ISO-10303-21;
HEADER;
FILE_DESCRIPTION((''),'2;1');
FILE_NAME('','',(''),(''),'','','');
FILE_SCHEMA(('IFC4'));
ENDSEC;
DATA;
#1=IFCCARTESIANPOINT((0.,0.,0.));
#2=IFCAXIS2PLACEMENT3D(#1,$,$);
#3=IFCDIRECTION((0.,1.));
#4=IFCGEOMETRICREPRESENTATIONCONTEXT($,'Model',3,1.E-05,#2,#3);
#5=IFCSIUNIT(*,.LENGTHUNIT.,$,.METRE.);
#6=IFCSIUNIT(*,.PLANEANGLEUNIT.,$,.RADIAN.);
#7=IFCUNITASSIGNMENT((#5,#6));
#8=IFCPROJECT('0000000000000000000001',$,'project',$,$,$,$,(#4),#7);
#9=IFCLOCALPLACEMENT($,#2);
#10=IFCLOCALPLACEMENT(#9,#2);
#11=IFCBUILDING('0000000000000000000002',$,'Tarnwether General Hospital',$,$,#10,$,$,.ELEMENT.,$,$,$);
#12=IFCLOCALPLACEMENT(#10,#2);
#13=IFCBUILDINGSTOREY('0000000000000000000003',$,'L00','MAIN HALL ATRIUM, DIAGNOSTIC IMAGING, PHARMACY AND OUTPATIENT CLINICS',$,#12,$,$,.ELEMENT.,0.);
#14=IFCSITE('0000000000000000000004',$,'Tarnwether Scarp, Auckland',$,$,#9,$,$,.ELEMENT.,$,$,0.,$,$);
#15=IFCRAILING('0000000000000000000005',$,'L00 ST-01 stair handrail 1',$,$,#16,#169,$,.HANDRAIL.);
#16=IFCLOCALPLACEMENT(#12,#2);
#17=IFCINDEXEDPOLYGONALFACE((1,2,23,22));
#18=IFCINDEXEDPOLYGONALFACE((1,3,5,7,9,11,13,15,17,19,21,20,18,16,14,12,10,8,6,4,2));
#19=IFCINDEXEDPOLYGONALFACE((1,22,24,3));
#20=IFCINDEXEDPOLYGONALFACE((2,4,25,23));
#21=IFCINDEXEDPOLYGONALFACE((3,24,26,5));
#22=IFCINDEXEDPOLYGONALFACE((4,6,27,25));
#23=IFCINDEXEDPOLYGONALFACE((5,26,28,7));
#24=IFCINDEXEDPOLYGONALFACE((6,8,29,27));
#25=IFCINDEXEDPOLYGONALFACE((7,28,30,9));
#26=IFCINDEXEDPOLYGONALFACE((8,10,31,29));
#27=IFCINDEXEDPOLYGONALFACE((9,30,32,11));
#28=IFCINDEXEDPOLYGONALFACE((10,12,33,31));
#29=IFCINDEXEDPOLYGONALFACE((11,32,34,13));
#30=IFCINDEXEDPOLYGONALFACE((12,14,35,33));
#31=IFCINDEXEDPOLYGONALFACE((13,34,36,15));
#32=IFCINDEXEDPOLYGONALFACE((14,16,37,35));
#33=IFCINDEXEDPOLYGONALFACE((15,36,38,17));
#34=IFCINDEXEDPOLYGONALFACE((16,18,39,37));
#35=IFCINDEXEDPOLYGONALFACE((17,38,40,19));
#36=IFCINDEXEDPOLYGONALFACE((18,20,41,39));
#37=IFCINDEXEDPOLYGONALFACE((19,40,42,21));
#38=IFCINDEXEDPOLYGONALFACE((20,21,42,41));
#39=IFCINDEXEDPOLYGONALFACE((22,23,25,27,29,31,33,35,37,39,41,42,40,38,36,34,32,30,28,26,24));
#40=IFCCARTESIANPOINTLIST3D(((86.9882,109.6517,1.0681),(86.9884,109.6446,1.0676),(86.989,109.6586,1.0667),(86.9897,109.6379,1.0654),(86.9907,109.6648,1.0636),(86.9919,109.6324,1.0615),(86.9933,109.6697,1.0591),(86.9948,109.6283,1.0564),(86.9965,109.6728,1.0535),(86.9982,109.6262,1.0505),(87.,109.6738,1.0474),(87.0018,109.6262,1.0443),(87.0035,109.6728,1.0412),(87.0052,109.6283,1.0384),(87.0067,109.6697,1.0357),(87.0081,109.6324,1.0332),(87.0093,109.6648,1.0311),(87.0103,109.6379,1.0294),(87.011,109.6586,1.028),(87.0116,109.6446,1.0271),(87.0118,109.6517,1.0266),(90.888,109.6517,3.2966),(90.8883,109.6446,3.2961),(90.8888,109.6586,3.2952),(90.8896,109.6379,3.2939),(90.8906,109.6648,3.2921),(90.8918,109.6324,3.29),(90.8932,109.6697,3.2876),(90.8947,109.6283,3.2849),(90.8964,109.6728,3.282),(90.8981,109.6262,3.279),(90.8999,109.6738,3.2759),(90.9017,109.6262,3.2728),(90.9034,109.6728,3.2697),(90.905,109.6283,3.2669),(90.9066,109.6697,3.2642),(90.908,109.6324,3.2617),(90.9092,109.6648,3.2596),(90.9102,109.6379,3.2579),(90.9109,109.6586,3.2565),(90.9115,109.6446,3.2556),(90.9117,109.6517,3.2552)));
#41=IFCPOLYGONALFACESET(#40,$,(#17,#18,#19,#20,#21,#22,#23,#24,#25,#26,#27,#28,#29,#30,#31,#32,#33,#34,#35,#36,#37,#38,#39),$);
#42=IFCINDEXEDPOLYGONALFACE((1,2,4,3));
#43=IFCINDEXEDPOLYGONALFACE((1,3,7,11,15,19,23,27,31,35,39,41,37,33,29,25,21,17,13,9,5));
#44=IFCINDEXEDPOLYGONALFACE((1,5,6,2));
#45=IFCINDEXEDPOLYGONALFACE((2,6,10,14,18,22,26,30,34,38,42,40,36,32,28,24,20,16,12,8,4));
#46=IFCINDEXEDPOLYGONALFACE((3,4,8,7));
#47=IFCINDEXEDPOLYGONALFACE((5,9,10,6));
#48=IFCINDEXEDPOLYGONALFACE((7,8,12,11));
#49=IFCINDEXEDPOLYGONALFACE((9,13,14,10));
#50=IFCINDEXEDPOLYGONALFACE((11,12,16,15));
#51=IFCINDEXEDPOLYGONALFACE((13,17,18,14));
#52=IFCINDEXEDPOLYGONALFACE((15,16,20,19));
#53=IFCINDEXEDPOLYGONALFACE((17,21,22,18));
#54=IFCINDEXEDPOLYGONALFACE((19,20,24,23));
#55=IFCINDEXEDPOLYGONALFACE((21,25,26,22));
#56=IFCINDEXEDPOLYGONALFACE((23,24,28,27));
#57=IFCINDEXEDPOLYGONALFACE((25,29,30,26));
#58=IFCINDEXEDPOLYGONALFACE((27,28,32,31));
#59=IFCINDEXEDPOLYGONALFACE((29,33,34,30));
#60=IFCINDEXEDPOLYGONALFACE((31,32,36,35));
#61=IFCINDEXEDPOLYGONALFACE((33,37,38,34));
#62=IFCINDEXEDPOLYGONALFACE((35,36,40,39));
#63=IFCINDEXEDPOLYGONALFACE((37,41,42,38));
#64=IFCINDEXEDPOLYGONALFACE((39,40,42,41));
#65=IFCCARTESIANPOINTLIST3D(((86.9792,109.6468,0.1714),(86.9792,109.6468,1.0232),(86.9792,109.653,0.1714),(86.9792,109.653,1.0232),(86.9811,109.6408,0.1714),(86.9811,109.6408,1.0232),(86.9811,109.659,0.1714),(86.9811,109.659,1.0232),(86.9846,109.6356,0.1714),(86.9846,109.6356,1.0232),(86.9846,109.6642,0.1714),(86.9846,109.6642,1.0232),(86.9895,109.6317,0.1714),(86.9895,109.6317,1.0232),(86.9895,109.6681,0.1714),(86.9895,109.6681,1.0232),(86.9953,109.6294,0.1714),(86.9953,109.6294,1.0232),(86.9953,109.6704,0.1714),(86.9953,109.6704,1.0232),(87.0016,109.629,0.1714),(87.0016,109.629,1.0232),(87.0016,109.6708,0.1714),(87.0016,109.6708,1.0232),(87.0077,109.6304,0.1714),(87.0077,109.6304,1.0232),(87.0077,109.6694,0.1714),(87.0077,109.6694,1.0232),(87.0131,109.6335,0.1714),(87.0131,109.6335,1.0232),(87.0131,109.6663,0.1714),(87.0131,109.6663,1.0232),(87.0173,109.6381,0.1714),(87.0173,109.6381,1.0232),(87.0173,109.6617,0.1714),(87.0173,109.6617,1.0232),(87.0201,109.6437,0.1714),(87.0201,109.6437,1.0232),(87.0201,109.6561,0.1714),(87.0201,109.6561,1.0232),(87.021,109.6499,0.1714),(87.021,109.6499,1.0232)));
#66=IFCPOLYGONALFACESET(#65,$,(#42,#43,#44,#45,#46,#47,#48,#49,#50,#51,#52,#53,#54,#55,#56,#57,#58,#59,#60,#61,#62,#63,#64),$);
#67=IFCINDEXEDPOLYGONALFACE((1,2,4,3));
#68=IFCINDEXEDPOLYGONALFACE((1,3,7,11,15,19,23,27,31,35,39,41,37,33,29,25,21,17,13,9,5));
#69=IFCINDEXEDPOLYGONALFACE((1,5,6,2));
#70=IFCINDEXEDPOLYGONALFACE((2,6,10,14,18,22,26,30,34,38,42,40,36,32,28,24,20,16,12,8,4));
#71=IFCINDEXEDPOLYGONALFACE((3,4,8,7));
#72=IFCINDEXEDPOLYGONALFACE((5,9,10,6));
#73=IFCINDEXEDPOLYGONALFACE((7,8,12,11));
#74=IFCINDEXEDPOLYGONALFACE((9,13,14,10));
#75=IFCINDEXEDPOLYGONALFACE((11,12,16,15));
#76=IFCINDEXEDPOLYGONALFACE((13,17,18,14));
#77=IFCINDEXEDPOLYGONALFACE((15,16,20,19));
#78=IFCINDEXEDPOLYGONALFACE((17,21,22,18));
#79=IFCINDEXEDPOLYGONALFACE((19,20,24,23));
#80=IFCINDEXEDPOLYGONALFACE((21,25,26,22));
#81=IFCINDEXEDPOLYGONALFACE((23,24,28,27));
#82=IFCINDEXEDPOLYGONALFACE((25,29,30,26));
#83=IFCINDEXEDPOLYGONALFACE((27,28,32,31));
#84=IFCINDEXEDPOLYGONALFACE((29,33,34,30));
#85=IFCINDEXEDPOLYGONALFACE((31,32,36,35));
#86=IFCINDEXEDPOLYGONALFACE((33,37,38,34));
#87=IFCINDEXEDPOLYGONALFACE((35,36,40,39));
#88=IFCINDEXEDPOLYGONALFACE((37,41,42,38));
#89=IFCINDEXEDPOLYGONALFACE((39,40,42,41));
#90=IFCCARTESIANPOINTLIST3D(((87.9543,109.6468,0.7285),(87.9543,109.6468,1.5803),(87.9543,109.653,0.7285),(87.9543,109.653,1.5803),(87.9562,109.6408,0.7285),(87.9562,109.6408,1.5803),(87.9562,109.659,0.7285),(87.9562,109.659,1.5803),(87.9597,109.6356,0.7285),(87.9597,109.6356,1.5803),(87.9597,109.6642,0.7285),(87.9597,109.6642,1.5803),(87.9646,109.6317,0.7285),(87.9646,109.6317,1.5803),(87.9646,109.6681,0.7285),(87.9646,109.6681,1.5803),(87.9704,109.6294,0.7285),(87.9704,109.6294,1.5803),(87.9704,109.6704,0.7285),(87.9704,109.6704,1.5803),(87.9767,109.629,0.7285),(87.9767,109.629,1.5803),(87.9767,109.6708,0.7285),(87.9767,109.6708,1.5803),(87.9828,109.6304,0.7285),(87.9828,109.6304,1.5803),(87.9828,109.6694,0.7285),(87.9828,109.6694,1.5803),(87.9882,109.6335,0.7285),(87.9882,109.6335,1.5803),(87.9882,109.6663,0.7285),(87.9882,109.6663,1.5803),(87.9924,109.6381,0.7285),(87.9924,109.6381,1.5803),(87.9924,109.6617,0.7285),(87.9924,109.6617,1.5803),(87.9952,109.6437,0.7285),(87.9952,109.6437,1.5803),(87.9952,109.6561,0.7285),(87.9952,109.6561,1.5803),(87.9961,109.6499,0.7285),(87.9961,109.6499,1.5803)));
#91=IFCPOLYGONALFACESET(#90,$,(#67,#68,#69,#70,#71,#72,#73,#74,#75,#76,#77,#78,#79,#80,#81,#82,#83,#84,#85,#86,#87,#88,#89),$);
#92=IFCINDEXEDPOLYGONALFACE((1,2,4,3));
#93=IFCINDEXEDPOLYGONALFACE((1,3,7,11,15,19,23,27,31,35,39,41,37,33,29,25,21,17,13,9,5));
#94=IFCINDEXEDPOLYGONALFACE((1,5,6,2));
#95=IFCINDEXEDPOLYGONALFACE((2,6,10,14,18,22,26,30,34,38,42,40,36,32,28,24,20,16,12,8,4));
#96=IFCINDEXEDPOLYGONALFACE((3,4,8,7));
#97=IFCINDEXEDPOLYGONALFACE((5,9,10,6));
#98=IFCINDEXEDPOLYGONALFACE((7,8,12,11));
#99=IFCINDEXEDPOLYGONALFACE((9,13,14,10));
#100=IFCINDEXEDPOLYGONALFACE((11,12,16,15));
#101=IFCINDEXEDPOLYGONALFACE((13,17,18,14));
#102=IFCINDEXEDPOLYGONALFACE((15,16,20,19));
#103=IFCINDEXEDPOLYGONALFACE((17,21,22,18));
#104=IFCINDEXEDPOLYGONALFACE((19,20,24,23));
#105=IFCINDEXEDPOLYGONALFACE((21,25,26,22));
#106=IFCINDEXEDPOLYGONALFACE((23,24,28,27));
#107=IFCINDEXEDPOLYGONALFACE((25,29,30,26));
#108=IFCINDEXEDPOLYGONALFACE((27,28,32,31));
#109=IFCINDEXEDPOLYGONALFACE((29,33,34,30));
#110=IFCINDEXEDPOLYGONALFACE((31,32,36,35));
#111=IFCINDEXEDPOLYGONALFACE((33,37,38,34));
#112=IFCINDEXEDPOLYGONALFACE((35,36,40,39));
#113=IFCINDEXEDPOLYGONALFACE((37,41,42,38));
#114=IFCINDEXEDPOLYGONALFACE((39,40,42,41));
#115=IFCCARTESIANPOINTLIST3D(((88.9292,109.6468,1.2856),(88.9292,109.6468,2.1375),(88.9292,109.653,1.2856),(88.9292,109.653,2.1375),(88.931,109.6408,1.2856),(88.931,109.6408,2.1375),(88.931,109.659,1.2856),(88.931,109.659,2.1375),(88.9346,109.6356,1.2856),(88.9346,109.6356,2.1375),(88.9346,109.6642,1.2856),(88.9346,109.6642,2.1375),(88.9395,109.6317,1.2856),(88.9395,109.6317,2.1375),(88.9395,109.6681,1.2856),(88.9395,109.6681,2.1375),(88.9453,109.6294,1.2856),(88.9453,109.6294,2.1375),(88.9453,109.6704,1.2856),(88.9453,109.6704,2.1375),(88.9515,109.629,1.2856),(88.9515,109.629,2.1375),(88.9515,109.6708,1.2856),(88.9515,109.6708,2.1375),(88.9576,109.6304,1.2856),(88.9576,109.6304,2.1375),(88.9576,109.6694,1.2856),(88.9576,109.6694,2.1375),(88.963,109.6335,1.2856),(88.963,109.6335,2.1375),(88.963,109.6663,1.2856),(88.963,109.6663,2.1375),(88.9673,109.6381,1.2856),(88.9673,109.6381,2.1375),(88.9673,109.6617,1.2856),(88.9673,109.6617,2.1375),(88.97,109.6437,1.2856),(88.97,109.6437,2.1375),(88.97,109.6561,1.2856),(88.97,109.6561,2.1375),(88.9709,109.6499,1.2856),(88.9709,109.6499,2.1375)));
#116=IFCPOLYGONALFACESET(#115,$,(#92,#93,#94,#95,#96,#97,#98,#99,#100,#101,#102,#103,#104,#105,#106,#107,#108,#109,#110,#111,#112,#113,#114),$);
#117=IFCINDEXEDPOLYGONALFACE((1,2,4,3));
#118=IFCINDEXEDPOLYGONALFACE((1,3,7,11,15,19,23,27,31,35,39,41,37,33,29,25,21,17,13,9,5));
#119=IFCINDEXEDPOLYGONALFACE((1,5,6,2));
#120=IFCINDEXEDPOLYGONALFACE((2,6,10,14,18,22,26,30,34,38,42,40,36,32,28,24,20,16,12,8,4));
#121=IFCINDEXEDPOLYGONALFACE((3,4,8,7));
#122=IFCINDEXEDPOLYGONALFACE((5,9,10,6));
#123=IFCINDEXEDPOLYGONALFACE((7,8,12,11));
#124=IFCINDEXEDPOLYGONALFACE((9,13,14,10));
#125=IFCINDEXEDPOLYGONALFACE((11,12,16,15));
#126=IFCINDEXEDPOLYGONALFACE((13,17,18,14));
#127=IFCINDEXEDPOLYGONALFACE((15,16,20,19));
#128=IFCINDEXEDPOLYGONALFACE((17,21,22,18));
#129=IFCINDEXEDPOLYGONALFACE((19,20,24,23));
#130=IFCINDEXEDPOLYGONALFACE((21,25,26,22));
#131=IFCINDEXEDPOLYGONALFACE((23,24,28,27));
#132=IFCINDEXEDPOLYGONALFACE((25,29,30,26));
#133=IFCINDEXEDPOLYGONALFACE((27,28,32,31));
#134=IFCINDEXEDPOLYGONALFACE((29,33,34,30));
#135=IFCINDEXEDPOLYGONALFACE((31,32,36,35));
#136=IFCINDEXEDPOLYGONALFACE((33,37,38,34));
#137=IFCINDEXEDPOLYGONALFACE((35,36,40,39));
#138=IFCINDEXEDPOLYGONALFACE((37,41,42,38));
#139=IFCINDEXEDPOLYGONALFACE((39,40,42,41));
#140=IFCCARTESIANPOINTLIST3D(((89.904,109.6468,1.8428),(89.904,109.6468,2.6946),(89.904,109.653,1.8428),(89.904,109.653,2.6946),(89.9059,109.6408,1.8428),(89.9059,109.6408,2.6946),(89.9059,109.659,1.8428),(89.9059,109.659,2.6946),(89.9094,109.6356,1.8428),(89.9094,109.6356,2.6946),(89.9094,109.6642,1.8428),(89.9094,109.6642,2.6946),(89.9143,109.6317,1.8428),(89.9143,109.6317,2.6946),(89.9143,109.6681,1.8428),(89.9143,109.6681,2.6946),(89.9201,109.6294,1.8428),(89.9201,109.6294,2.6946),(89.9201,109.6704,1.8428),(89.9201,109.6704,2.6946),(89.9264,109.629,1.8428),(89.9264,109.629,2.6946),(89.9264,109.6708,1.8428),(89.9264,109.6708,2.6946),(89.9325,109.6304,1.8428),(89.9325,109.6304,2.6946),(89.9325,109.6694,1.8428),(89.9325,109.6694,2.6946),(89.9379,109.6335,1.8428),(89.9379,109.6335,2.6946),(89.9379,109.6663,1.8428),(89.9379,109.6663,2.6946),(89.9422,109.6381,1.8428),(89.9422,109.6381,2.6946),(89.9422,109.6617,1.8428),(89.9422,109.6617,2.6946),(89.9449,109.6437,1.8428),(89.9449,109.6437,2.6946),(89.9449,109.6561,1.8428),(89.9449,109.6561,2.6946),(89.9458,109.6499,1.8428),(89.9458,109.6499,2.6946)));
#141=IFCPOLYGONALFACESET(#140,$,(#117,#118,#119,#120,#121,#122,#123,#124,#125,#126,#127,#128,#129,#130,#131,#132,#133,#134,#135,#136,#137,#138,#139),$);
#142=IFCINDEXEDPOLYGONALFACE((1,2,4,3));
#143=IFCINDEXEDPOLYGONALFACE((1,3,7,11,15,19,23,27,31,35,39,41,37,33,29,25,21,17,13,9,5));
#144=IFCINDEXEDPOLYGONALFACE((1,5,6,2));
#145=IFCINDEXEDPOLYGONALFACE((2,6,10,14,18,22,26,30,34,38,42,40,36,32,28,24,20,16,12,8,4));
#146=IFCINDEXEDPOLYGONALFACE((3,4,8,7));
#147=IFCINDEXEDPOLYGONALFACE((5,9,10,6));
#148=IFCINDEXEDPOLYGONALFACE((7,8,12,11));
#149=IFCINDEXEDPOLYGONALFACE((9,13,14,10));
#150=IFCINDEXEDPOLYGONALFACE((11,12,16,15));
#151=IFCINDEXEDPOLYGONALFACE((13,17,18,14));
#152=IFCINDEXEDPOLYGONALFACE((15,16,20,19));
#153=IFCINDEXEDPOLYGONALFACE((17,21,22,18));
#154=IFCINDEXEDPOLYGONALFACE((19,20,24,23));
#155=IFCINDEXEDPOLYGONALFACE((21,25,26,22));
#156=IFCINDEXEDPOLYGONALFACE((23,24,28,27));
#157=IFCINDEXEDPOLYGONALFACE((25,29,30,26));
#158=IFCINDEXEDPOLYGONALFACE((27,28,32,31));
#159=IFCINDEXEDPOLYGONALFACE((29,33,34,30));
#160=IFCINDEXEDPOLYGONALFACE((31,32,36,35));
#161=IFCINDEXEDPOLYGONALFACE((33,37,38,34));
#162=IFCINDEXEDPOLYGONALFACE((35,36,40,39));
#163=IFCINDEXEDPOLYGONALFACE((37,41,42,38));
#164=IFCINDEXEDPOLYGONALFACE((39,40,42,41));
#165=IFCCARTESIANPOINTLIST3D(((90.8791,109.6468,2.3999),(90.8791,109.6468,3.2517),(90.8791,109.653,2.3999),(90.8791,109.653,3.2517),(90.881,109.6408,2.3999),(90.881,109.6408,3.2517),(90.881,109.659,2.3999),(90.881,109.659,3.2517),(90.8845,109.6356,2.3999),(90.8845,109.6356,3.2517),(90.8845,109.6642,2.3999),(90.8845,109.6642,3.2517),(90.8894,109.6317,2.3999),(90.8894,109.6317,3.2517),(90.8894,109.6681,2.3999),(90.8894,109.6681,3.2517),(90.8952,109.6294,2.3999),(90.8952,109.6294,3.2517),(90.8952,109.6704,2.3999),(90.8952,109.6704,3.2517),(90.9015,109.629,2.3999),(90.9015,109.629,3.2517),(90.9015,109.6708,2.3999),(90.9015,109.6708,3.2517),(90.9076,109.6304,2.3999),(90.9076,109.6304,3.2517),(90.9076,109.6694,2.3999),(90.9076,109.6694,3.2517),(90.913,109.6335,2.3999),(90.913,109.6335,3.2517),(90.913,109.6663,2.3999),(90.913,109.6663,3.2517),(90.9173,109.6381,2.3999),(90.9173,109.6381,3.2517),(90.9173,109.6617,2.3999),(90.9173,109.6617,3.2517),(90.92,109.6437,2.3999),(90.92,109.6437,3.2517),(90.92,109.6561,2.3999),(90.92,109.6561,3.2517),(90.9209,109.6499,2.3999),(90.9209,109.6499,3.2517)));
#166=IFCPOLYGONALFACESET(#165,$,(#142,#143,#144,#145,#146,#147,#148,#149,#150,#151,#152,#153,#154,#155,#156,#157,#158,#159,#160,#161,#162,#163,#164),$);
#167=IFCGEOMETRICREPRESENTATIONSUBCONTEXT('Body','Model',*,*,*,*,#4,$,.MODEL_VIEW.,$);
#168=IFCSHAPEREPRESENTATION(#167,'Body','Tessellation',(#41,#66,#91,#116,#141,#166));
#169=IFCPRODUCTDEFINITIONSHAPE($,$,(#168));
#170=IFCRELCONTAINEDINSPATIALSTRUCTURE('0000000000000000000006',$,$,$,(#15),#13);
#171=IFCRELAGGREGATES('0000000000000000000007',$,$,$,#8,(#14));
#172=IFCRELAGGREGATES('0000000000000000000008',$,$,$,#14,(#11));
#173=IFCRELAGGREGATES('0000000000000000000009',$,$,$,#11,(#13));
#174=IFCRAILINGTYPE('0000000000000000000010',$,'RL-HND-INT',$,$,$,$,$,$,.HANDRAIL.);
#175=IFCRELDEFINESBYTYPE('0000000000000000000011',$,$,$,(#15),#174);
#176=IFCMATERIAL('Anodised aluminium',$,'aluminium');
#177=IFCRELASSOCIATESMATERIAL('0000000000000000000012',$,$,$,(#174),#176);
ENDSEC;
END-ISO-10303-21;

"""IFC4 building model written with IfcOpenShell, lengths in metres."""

from ifc_helpers import new_model, si_unit, direction, frame, origin, origin_2d, place, context, subcontext, project, spatial, circle, extrude, material, type_object, element, save


model = new_model("IFC4")

# Units and contexts
model_context = context("Model", 3, precision=1e-05, world=origin(), true_north=direction((0.0, 1.0)))
body_context = subcontext(model_context, "Body", "Model", "MODEL_VIEW")
ifc_project = project(units=[si_unit("LENGTHUNIT", "METRE"), si_unit("PLANEANGLEUNIT", "RADIAN")], contexts=[model_context])

# Site, building, storey
site_placement = place(None, origin())
site = spatial("IfcSite", under=ifc_project, at=site_placement, Name="Tarnwether Scarp, Auckland", CompositionType="ELEMENT", RefElevation=0.0)
building_placement = place(site_placement, origin())
building = spatial("IfcBuilding", under=site, at=building_placement, Name="Tarnwether General Hospital", CompositionType="ELEMENT")
storey_placement = place(building_placement, origin())
storey = spatial("IfcBuildingStorey", under=building, at=storey_placement, Name="L00", Description="MAIN HALL ATRIUM, DIAGNOSTIC IMAGING, PHARMACY AND OUTPATIENT CLINICS", CompositionType="ELEMENT", Elevation=0.0)

# Railing
ifc_material_1 = material(Name="Anodised aluminium", Category="aluminium")
railing_type_1 = type_object("IfcRailingType", Name="RL-HND-INT", PredefinedType="HANDRAIL", material=ifc_material_1)
railing_1_placement = place(storey_placement, frame((87.0, 109.6499, 0.1714)))
element("IfcRailing", 1, at=railing_1_placement, inside=storey, type_object=railing_type_1, Name="L00 ST-01 stair handrail 1", PredefinedType="HANDRAIL", context=body_context, shape_type="SweptSolid", body=[
    extrude(circle(Radius=0.0239, at=origin_2d()), frame((0.0, 0.0, 0.876), z_axis=(0.868243, 0.0, 0.496139), x_axis=(0.0, 1.0, 0.0)), (0.0, 0.0, 1.0), 4.4917),
    extrude(circle(Radius=0.021, at=origin_2d()), origin(), (0.0, 0.0, 1.0), 0.8518),
    extrude(circle(Radius=0.021, at=origin_2d()), frame((0.9751, 0.0, 0.5571)), (0.0, 0.0, 1.0), 0.8518),
    extrude(circle(Radius=0.021, at=origin_2d()), frame((1.95, 0.0, 1.1143)), (0.0, 0.0, 1.0), 0.8518),
    extrude(circle(Radius=0.021, at=origin_2d()), frame((2.9248, 0.0, 1.6714)), (0.0, 0.0, 1.0), 0.8518),
    extrude(circle(Radius=0.021, at=origin_2d()), frame((3.8999, 0.0, 2.2285)), (0.0, 0.0, 1.0), 0.8518),
])

save(model, "model.ifc")
